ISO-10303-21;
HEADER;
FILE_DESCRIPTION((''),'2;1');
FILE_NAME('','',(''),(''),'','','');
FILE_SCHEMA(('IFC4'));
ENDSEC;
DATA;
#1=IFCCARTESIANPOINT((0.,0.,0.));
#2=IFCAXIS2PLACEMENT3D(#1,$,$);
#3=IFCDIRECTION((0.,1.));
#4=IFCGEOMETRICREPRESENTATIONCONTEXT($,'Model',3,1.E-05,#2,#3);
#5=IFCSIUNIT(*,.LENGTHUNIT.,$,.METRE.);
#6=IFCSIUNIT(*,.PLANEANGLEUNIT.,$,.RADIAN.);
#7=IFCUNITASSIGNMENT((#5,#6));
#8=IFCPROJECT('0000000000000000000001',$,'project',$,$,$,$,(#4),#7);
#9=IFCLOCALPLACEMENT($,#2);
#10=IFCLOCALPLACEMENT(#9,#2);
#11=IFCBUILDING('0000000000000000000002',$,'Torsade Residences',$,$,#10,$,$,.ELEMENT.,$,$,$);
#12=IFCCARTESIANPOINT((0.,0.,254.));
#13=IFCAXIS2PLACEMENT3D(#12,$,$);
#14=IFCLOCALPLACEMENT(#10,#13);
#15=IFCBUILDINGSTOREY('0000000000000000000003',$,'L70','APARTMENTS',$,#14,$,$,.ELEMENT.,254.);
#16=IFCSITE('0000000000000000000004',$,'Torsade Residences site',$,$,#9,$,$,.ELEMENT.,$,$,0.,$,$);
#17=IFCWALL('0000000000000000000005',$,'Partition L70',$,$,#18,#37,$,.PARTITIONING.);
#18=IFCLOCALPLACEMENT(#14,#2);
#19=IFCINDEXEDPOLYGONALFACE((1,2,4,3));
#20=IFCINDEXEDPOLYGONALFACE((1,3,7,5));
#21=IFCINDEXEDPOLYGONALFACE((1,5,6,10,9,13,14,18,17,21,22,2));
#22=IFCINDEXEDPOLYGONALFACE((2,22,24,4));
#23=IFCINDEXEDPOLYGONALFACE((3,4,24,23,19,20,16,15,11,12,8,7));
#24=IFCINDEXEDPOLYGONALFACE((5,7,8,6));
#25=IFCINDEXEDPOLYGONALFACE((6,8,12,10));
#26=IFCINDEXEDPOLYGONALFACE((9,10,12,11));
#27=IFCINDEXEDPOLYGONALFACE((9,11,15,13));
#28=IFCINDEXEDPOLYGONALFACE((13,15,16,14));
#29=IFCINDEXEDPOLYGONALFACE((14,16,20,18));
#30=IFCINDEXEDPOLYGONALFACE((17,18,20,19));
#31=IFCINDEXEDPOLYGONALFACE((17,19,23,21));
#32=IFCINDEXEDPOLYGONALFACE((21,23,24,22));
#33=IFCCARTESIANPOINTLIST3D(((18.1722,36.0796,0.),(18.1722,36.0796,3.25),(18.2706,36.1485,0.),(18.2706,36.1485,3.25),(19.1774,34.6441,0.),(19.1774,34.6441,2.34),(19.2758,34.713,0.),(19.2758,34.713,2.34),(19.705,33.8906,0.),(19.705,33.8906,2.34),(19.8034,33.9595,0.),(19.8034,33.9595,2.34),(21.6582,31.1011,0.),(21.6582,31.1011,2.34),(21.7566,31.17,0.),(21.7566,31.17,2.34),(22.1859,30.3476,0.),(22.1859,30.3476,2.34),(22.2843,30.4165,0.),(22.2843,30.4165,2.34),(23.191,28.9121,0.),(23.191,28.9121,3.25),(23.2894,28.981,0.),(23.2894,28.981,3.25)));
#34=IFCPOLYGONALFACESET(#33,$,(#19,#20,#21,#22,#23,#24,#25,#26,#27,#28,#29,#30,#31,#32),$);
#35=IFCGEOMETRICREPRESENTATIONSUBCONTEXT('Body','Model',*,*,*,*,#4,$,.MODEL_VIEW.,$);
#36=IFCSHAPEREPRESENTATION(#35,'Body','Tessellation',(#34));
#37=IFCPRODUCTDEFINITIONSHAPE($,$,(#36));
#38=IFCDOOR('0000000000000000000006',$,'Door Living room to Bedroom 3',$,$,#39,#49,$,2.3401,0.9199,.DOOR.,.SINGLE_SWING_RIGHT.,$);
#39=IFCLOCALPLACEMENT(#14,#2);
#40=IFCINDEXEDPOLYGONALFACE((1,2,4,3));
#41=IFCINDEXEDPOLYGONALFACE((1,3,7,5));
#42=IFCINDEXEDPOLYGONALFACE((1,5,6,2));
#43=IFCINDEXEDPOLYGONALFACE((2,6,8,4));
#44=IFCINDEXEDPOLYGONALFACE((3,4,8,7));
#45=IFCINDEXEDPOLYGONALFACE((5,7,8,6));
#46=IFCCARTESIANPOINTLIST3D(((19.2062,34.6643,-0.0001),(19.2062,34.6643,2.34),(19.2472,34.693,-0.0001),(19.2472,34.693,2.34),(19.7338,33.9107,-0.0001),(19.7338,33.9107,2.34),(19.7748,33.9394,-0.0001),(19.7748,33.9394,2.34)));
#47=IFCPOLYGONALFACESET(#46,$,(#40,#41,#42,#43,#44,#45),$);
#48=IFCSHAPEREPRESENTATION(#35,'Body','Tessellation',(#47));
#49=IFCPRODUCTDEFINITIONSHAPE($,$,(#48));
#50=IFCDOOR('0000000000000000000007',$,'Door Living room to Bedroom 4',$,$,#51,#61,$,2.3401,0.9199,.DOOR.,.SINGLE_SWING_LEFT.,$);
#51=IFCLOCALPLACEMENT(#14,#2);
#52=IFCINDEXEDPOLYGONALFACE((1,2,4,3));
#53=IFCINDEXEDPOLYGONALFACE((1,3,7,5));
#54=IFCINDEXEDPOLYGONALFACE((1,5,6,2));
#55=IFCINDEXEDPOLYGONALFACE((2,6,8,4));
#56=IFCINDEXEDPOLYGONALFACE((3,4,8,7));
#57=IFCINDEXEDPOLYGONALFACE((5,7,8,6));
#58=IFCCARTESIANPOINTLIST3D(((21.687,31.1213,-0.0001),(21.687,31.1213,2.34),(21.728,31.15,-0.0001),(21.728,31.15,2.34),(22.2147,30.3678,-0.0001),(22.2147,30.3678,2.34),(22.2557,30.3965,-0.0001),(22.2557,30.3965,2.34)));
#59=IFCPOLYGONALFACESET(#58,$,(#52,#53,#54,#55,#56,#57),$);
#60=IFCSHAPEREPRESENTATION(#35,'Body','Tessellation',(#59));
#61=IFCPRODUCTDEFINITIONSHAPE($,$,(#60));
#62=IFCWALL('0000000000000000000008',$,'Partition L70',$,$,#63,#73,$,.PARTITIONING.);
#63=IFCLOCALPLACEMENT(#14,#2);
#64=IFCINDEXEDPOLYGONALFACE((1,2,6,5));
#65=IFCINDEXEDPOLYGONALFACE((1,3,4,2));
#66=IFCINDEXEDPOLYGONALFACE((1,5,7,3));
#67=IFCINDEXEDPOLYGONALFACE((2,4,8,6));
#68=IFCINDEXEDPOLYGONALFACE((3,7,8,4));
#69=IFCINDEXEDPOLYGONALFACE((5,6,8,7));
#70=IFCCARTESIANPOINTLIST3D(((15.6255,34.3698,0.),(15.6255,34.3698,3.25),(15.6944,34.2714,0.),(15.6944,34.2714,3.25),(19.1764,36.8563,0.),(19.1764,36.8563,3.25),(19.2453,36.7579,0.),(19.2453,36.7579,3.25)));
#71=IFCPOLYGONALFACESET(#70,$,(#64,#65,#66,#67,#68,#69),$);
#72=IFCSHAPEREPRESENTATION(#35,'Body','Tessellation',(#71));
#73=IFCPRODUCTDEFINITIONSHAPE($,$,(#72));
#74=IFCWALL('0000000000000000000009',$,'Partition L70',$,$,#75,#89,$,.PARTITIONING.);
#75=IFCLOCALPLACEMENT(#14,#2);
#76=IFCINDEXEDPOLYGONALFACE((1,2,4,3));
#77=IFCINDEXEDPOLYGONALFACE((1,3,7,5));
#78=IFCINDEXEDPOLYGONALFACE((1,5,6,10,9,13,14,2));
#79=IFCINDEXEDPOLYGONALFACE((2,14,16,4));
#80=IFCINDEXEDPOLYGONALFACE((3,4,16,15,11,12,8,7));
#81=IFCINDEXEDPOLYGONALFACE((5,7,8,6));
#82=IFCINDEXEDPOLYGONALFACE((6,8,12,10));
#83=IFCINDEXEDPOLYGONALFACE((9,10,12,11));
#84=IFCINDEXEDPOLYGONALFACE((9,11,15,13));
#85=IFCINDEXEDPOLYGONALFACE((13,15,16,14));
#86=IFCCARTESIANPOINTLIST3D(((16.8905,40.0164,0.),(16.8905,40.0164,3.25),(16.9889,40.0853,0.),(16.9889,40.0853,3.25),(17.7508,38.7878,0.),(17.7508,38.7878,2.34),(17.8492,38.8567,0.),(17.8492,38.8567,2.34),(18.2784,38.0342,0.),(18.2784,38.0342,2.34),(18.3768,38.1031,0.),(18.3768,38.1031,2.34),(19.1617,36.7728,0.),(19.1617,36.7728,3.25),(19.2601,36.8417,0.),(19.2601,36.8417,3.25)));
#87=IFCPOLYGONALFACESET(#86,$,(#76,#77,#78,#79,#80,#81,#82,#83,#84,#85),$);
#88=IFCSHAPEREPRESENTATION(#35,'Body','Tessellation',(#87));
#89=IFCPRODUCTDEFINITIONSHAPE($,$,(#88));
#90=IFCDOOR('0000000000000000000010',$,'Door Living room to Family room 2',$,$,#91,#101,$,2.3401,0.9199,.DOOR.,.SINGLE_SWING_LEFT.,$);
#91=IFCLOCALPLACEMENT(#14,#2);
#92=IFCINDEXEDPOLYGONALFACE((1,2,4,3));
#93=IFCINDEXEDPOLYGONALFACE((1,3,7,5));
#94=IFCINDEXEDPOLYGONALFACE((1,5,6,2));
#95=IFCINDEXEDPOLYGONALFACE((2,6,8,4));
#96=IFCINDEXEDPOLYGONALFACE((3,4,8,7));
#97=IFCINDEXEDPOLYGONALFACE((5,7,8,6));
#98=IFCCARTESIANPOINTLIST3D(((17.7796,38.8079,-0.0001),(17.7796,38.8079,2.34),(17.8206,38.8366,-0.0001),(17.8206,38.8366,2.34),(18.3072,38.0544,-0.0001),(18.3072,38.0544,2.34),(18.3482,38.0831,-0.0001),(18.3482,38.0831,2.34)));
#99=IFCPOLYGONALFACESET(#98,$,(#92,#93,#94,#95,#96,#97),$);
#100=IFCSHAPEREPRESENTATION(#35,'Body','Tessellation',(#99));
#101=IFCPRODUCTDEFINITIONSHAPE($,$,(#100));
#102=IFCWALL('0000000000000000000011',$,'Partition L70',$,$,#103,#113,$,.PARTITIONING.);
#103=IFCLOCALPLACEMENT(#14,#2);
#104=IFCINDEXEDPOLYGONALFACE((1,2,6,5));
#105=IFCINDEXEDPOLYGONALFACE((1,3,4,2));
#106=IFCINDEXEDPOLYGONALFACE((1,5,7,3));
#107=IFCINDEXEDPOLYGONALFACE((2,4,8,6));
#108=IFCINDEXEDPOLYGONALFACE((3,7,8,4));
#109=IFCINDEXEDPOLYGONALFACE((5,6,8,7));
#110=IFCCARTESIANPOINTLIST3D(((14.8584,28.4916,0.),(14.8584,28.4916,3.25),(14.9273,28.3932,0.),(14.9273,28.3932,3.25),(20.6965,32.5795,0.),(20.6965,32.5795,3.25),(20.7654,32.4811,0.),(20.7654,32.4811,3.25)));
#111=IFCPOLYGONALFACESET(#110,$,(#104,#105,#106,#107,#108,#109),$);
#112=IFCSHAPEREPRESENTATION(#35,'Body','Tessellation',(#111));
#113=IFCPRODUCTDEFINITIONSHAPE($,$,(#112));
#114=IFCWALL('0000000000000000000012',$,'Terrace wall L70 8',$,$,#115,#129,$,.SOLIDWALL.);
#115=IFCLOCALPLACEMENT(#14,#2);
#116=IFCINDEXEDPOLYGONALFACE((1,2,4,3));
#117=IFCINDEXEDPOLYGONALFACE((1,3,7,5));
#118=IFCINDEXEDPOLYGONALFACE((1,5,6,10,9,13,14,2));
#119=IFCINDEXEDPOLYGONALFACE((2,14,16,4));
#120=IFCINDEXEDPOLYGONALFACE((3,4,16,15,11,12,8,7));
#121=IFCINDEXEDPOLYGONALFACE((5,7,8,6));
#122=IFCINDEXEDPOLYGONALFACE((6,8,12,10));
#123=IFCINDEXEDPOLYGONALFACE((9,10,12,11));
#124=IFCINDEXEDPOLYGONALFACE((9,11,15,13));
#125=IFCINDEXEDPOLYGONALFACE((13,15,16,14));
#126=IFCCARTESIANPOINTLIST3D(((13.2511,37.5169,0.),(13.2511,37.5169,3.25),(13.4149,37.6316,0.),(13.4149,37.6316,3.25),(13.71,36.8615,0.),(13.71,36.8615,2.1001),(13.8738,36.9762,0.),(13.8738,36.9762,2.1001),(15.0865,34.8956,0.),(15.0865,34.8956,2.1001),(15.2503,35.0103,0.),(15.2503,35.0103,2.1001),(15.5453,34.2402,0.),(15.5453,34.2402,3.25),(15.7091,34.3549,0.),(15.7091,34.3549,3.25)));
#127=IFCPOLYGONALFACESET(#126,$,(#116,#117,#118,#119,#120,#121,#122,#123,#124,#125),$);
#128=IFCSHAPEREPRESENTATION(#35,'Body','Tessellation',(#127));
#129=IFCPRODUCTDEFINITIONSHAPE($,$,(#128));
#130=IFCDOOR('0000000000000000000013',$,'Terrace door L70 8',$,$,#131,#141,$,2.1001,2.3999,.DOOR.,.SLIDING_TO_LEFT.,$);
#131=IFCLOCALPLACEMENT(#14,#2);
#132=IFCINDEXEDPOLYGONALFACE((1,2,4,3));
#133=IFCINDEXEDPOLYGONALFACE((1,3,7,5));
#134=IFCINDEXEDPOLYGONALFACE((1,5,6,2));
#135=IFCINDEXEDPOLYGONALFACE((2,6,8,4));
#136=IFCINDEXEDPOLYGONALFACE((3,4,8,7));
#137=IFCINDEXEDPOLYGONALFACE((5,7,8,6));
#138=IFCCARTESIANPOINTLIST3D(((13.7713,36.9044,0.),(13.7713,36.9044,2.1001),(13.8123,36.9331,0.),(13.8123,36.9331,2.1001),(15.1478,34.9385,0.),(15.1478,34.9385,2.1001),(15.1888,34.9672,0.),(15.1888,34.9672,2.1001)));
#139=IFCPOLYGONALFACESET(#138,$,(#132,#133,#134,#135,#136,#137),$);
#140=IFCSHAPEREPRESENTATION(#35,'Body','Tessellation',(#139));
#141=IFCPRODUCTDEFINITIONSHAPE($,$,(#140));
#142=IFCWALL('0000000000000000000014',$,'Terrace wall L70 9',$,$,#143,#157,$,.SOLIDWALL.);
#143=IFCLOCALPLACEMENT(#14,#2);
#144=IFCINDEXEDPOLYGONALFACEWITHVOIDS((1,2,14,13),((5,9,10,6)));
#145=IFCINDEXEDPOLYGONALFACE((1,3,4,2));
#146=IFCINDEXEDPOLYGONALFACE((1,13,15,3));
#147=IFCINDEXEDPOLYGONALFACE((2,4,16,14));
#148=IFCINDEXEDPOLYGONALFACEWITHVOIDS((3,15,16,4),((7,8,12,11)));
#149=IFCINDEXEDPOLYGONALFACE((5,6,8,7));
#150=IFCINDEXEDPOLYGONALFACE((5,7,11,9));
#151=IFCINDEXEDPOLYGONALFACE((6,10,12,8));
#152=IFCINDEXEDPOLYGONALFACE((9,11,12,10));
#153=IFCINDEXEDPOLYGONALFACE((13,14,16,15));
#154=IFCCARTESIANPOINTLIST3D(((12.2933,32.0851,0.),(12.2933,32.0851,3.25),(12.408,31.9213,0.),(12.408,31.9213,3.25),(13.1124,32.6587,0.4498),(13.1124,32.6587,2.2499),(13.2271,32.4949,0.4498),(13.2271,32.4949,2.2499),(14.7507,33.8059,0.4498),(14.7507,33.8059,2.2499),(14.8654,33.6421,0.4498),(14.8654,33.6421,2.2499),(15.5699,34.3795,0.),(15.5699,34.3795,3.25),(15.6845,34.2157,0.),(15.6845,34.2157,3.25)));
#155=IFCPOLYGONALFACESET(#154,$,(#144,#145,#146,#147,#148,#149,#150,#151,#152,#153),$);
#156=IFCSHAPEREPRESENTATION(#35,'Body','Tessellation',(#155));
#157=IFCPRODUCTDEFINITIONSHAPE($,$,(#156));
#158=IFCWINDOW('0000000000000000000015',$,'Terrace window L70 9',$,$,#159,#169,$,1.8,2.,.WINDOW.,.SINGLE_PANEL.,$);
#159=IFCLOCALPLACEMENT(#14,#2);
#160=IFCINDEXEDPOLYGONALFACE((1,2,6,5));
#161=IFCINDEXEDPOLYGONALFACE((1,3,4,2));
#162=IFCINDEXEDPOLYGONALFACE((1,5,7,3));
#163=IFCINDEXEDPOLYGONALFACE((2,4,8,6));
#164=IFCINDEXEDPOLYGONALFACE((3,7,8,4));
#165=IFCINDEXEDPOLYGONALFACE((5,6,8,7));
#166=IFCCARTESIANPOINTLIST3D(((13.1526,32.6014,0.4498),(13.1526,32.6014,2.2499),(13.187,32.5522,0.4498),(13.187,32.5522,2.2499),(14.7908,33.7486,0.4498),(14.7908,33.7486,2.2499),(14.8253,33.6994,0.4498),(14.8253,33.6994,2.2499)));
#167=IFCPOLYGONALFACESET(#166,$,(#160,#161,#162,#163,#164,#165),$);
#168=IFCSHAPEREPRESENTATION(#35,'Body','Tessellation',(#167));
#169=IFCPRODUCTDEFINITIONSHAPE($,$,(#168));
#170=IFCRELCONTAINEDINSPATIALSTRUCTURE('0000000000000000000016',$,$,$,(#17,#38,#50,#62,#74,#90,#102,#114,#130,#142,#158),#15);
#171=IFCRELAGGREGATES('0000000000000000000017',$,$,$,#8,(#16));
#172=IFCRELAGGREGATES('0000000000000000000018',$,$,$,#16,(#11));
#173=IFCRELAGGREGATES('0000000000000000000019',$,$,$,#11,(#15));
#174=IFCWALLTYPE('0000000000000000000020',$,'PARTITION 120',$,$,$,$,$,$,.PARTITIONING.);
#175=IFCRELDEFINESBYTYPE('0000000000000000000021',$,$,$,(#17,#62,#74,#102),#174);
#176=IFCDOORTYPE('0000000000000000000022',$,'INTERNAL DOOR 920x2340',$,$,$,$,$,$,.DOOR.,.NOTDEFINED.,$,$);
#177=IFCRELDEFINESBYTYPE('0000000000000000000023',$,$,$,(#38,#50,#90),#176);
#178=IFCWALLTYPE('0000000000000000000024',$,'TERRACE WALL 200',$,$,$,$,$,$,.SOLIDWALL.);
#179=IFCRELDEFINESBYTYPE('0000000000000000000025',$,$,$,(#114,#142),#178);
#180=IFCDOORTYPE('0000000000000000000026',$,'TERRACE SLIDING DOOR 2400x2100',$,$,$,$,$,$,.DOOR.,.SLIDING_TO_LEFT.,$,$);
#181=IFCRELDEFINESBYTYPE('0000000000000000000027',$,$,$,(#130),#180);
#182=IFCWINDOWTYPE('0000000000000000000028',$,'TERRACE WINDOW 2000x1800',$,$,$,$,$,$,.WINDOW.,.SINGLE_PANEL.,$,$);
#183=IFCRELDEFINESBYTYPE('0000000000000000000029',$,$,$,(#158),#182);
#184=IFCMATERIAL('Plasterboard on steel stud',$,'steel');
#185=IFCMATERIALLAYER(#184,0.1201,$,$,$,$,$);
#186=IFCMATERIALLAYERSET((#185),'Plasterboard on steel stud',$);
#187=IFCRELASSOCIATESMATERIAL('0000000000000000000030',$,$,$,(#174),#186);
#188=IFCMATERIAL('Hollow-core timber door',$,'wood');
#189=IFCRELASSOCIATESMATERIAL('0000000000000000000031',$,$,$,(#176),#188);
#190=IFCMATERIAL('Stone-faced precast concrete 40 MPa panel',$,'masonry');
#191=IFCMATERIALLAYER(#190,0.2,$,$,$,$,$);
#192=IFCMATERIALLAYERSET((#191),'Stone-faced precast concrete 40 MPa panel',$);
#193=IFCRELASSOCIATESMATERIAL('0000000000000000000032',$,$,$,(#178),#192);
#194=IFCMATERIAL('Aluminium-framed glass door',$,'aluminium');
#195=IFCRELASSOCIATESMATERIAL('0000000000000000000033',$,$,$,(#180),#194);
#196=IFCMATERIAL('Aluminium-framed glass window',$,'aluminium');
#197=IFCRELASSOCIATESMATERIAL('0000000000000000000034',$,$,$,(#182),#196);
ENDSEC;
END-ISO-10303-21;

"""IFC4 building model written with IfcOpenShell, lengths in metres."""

from ifc_helpers import new_model, si_unit, direction, frame, frame_2d, origin, place, context, subcontext, project, spatial, rectangle, extrude, material, layer, layer_set, type_object, element, fill, save


model = new_model("IFC4")

# Units and contexts
model_context = context("Model", 3, precision=1e-05, world=origin(), true_north=direction((0.0, 1.0)))
body_context = subcontext(model_context, "Body", "Model", "MODEL_VIEW")
ifc_project = project(units=[si_unit("LENGTHUNIT", "METRE"), si_unit("PLANEANGLEUNIT", "RADIAN")], contexts=[model_context])

# Site, building, storey
site_placement = place(None, origin())
site = spatial("IfcSite", under=ifc_project, at=site_placement, Name="Torsade Residences site", CompositionType="ELEMENT", RefElevation=0.0)
building_placement = place(site_placement, origin())
building = spatial("IfcBuilding", under=site, at=building_placement, Name="Torsade Residences", CompositionType="ELEMENT")
storey_placement = place(building_placement, frame((0.0, 0.0, 254.0)))
storey = spatial("IfcBuildingStorey", under=building, at=storey_placement, Name="L70", Description="APARTMENTS", CompositionType="ELEMENT", Elevation=254.0)

# Wall, openings, doors
ifc_material_1 = material(Name="Plasterboard on steel stud", Category="steel")
ifc_layer_1 = layer(ifc_material_1, 0.1201)
ifc_layer_set_1 = layer_set([ifc_layer_1], Name="Plasterboard on steel stud")
wall_type_1 = type_object("IfcWallType", Name="PARTITION 120", PredefinedType="PARTITIONING", material=ifc_layer_set_1)
wall_1_placement = place(storey_placement, frame((23.2402, 28.9465, 0.0), z_axis=(0.0, 0.0, 1.0), x_axis=(-0.573582, 0.819148, 0.0)))
wall_1 = element("IfcWall", 1, at=wall_1_placement, inside=storey, type_object=wall_type_1, Name="Partition L70", PredefinedType="PARTITIONING", context=body_context, shape_type="SweptSolid", body=[
    extrude(rectangle(XDim=8.75, YDim=0.1201, at=frame_2d((4.375, 0.0))), origin(), (0.0, 0.0, 1.0), 3.25),
])
opening_1_placement = place(wall_1_placement, frame((6.0776, 0.0, 0.0)))
opening_1 = element("IfcOpeningElement", 2, at=opening_1_placement, cuts=wall_1, PredefinedType="OPENING", context=body_context, shape_type="SweptSolid", body=[
    extrude(rectangle(XDim=0.9199, YDim=2.3401, at=frame_2d((0.46, 1.1699))), frame((0.0, 0.0701, 0.0), z_axis=(0.0, -1.0, 0.0), x_axis=(1.0, 0.0, 0.0)), (0.0, 0.0, 1.0), 0.1401),
])
opening_2_placement = place(wall_1_placement, frame((1.7524, 0.0, 0.0)))
opening_2 = element("IfcOpeningElement", 3, at=opening_2_placement, cuts=wall_1, PredefinedType="OPENING", context=body_context, shape_type="SweptSolid", body=[
    extrude(rectangle(XDim=0.9199, YDim=2.3401, at=frame_2d((0.46, 1.1699))), frame((0.0, 0.0701, 0.0), z_axis=(0.0, -1.0, 0.0), x_axis=(1.0, 0.0, 0.0)), (0.0, 0.0, 1.0), 0.1401),
])
ifc_material_2 = material(Name="Hollow-core timber door", Category="wood")
door_type_1 = type_object("IfcDoorType", Name="INTERNAL DOOR 920x2340", OperationType="NOTDEFINED", PredefinedType="DOOR", material=ifc_material_2)
door_1_placement = place(opening_1_placement, origin())
door_1 = element("IfcDoor", 4, at=door_1_placement, inside=storey, type_object=door_type_1, Name="Door Living room to Bedroom 3", OperationType="SINGLE_SWING_RIGHT", OverallHeight=2.3401, OverallWidth=0.9199, PredefinedType="DOOR", context=body_context, shape_type="SweptSolid", body=[
    extrude(rectangle(XDim=0.9199, YDim=2.3401, at=frame_2d((0.46, 1.1699))), frame((0.0, 0.0249, 0.0), z_axis=(0.0, -1.0, 0.0), x_axis=(1.0, 0.0, 0.0)), (0.0, 0.0, 1.0), 0.05),
])
fill(opening_1, door_1)
door_2_placement = place(opening_2_placement, origin())
door_2 = element("IfcDoor", 5, at=door_2_placement, inside=storey, type_object=door_type_1, Name="Door Living room to Bedroom 4", OperationType="SINGLE_SWING_LEFT", OverallHeight=2.3401, OverallWidth=0.9199, PredefinedType="DOOR", context=body_context, shape_type="SweptSolid", body=[
    extrude(rectangle(XDim=0.9199, YDim=2.3401, at=frame_2d((0.46, 1.1699))), frame((0.0, 0.0249, 0.0), z_axis=(0.0, -1.0, 0.0), x_axis=(1.0, 0.0, 0.0)), (0.0, 0.0, 1.0), 0.05),
])
fill(opening_2, door_2)

# Wall
wall_2_placement = place(storey_placement, frame((15.6599, 34.3206, 0.0), z_axis=(0.0, 0.0, 1.0), x_axis=(0.819139, 0.573595, 0.0)))
element("IfcWall", 6, at=wall_2_placement, inside=storey, type_object=wall_type_1, Name="Partition L70", PredefinedType="PARTITIONING", context=body_context, shape_type="SweptSolid", body=[
    extrude(rectangle(XDim=4.335, YDim=0.1201, at=frame_2d((2.1675, 0.0))), origin(), (0.0, 0.0, 1.0), 3.25),
])

# Wall, opening, door
wall_3_placement = place(storey_placement, frame((19.2109, 36.8071, 0.0), z_axis=(0.0, 0.0, 1.0), x_axis=(-0.573578, 0.819151, 0.0)))
wall_3 = element("IfcWall", 7, at=wall_3_placement, inside=storey, type_object=wall_type_1, Name="Partition L70", PredefinedType="PARTITIONING", context=body_context, shape_type="SweptSolid", body=[
    extrude(rectangle(XDim=3.9597, YDim=0.1201, at=frame_2d((1.98, 0.0))), origin(), (0.0, 0.0, 1.0), 3.25),
])
opening_3_placement = place(wall_3_placement, frame((1.54, 0.0, 0.0)))
opening_3 = element("IfcOpeningElement", 8, at=opening_3_placement, cuts=wall_3, PredefinedType="OPENING", context=body_context, shape_type="SweptSolid", body=[
    extrude(rectangle(XDim=0.9199, YDim=2.3401, at=frame_2d((0.46, 1.1699))), frame((0.0, 0.0701, 0.0), z_axis=(0.0, -1.0, 0.0), x_axis=(1.0, 0.0, 0.0)), (0.0, 0.0, 1.0), 0.1401),
])
door_3_placement = place(opening_3_placement, origin())
door_3 = element("IfcDoor", 9, at=door_3_placement, inside=storey, type_object=door_type_1, Name="Door Living room to Family room 2", OperationType="SINGLE_SWING_LEFT", OverallHeight=2.3401, OverallWidth=0.9199, PredefinedType="DOOR", context=body_context, shape_type="SweptSolid", body=[
    extrude(rectangle(XDim=0.9199, YDim=2.3401, at=frame_2d((0.46, 1.1699))), frame((0.0, 0.0249, 0.0), z_axis=(0.0, -1.0, 0.0), x_axis=(1.0, 0.0, 0.0)), (0.0, 0.0, 1.0), 0.05),
])
fill(opening_3, door_3)

# Wall
wall_4_placement = place(storey_placement, frame((20.731, 32.5303, 0.0), z_axis=(0.0, 0.0, 1.0), x_axis=(-0.819153, -0.573575, 0.0)))
element("IfcWall", 10, at=wall_4_placement, inside=storey, type_object=wall_type_1, Name="Partition L70", PredefinedType="PARTITIONING", context=body_context, shape_type="SweptSolid", body=[
    extrude(rectangle(XDim=7.127, YDim=0.1201, at=frame_2d((3.5635, 0.0))), origin(), (0.0, 0.0, 1.0), 3.25),
])

# Wall, opening, door
ifc_material_3 = material(Name="Stone-faced precast concrete 40 MPa panel", Category="masonry")
ifc_layer_2 = layer(ifc_material_3, 0.2)
ifc_layer_set_2 = layer_set([ifc_layer_2], Name="Stone-faced precast concrete 40 MPa panel")
wall_type_2 = type_object("IfcWallType", Name="TERRACE WALL 200", PredefinedType="SOLIDWALL", material=ifc_layer_set_2)
wall_5_placement = place(storey_placement, frame((13.333, 37.5742, 0.0), z_axis=(0.0, 0.0, 1.0), x_axis=(0.573557, -0.819166, 0.0)))
wall_5 = element("IfcWall", 11, at=wall_5_placement, inside=storey, type_object=wall_type_2, Name="Terrace wall L70 8", PredefinedType="SOLIDWALL", context=body_context, shape_type="SweptSolid", body=[
    extrude(rectangle(XDim=4.0, YDim=0.2, at=frame_2d((2.0, 0.0))), origin(), (0.0, 0.0, 1.0), 3.25),
])
opening_4_placement = place(wall_5_placement, frame((0.8, 0.0, 0.0)))
opening_4 = element("IfcOpeningElement", 12, at=opening_4_placement, cuts=wall_5, PredefinedType="OPENING", context=body_context, shape_type="SweptSolid", body=[
    extrude(rectangle(XDim=2.3999, YDim=2.1001, at=frame_2d((1.2, 1.05))), frame((0.0, 0.1099, 0.0), z_axis=(0.0, -1.0, 0.0), x_axis=(1.0, 0.0, 0.0)), (0.0, 0.0, 1.0), 0.22),
])
ifc_material_4 = material(Name="Aluminium-framed glass door", Category="aluminium")
door_type_2 = type_object("IfcDoorType", Name="TERRACE SLIDING DOOR 2400x2100", OperationType="SLIDING_TO_LEFT", PredefinedType="DOOR", material=ifc_material_4)
door_4_placement = place(opening_4_placement, origin())
door_4 = element("IfcDoor", 13, at=door_4_placement, inside=storey, type_object=door_type_2, Name="Terrace door L70 8", OperationType="SLIDING_TO_LEFT", OverallHeight=2.1001, OverallWidth=2.3999, PredefinedType="DOOR", context=body_context, shape_type="SweptSolid", body=[
    extrude(rectangle(XDim=2.3999, YDim=2.1001, at=frame_2d((1.2, 1.05))), frame((0.0, 0.0249, 0.0), z_axis=(0.0, -1.0, 0.0), x_axis=(1.0, 0.0, 0.0)), (0.0, 0.0, 1.0), 0.05),
])
fill(opening_4, door_4)

# Wall, opening, window
wall_6_placement = place(storey_placement, frame((15.6272, 34.2976, 0.0), z_axis=(0.0, 0.0, 1.0), x_axis=(-0.819137, -0.573598, 0.0)))
wall_6 = element("IfcWall", 14, at=wall_6_placement, inside=storey, type_object=wall_type_2, Name="Terrace wall L70 9", PredefinedType="SOLIDWALL", context=body_context, shape_type="SweptSolid", body=[
    extrude(rectangle(XDim=4.0, YDim=0.2, at=frame_2d((2.0, 0.0))), origin(), (0.0, 0.0, 1.0), 3.25),
])
opening_5_placement = place(wall_6_placement, frame((1.0, 0.0, 0.45)))
opening_5 = element("IfcOpeningElement", 15, at=opening_5_placement, cuts=wall_6, PredefinedType="OPENING", context=body_context, shape_type="SweptSolid", body=[
    extrude(rectangle(XDim=2.0, YDim=1.8, at=frame_2d((1.0, 0.8999))), frame((0.0, 0.1099, 0.0), z_axis=(0.0, -1.0, 0.0), x_axis=(1.0, 0.0, 0.0)), (0.0, 0.0, 1.0), 0.22),
])
ifc_material_5 = material(Name="Aluminium-framed glass window", Category="aluminium")
window_type = type_object("IfcWindowType", Name="TERRACE WINDOW 2000x1800", PartitioningType="SINGLE_PANEL", PredefinedType="WINDOW", material=ifc_material_5)
window_placement = place(opening_5_placement, origin())
window = element("IfcWindow", 16, at=window_placement, inside=storey, type_object=window_type, Name="Terrace window L70 9", OverallHeight=1.8, OverallWidth=2.0, PartitioningType="SINGLE_PANEL", PredefinedType="WINDOW", context=body_context, shape_type="SweptSolid", body=[
    extrude(rectangle(XDim=2.0, YDim=1.8, at=frame_2d((1.0, 0.8999))), frame((0.0, 0.03, 0.0), z_axis=(0.0, -1.0, 0.0), x_axis=(1.0, 0.0, 0.0)), (0.0, 0.0, 1.0), 0.0601),
])
fill(opening_5, window)

save(model, "model.ifc")
